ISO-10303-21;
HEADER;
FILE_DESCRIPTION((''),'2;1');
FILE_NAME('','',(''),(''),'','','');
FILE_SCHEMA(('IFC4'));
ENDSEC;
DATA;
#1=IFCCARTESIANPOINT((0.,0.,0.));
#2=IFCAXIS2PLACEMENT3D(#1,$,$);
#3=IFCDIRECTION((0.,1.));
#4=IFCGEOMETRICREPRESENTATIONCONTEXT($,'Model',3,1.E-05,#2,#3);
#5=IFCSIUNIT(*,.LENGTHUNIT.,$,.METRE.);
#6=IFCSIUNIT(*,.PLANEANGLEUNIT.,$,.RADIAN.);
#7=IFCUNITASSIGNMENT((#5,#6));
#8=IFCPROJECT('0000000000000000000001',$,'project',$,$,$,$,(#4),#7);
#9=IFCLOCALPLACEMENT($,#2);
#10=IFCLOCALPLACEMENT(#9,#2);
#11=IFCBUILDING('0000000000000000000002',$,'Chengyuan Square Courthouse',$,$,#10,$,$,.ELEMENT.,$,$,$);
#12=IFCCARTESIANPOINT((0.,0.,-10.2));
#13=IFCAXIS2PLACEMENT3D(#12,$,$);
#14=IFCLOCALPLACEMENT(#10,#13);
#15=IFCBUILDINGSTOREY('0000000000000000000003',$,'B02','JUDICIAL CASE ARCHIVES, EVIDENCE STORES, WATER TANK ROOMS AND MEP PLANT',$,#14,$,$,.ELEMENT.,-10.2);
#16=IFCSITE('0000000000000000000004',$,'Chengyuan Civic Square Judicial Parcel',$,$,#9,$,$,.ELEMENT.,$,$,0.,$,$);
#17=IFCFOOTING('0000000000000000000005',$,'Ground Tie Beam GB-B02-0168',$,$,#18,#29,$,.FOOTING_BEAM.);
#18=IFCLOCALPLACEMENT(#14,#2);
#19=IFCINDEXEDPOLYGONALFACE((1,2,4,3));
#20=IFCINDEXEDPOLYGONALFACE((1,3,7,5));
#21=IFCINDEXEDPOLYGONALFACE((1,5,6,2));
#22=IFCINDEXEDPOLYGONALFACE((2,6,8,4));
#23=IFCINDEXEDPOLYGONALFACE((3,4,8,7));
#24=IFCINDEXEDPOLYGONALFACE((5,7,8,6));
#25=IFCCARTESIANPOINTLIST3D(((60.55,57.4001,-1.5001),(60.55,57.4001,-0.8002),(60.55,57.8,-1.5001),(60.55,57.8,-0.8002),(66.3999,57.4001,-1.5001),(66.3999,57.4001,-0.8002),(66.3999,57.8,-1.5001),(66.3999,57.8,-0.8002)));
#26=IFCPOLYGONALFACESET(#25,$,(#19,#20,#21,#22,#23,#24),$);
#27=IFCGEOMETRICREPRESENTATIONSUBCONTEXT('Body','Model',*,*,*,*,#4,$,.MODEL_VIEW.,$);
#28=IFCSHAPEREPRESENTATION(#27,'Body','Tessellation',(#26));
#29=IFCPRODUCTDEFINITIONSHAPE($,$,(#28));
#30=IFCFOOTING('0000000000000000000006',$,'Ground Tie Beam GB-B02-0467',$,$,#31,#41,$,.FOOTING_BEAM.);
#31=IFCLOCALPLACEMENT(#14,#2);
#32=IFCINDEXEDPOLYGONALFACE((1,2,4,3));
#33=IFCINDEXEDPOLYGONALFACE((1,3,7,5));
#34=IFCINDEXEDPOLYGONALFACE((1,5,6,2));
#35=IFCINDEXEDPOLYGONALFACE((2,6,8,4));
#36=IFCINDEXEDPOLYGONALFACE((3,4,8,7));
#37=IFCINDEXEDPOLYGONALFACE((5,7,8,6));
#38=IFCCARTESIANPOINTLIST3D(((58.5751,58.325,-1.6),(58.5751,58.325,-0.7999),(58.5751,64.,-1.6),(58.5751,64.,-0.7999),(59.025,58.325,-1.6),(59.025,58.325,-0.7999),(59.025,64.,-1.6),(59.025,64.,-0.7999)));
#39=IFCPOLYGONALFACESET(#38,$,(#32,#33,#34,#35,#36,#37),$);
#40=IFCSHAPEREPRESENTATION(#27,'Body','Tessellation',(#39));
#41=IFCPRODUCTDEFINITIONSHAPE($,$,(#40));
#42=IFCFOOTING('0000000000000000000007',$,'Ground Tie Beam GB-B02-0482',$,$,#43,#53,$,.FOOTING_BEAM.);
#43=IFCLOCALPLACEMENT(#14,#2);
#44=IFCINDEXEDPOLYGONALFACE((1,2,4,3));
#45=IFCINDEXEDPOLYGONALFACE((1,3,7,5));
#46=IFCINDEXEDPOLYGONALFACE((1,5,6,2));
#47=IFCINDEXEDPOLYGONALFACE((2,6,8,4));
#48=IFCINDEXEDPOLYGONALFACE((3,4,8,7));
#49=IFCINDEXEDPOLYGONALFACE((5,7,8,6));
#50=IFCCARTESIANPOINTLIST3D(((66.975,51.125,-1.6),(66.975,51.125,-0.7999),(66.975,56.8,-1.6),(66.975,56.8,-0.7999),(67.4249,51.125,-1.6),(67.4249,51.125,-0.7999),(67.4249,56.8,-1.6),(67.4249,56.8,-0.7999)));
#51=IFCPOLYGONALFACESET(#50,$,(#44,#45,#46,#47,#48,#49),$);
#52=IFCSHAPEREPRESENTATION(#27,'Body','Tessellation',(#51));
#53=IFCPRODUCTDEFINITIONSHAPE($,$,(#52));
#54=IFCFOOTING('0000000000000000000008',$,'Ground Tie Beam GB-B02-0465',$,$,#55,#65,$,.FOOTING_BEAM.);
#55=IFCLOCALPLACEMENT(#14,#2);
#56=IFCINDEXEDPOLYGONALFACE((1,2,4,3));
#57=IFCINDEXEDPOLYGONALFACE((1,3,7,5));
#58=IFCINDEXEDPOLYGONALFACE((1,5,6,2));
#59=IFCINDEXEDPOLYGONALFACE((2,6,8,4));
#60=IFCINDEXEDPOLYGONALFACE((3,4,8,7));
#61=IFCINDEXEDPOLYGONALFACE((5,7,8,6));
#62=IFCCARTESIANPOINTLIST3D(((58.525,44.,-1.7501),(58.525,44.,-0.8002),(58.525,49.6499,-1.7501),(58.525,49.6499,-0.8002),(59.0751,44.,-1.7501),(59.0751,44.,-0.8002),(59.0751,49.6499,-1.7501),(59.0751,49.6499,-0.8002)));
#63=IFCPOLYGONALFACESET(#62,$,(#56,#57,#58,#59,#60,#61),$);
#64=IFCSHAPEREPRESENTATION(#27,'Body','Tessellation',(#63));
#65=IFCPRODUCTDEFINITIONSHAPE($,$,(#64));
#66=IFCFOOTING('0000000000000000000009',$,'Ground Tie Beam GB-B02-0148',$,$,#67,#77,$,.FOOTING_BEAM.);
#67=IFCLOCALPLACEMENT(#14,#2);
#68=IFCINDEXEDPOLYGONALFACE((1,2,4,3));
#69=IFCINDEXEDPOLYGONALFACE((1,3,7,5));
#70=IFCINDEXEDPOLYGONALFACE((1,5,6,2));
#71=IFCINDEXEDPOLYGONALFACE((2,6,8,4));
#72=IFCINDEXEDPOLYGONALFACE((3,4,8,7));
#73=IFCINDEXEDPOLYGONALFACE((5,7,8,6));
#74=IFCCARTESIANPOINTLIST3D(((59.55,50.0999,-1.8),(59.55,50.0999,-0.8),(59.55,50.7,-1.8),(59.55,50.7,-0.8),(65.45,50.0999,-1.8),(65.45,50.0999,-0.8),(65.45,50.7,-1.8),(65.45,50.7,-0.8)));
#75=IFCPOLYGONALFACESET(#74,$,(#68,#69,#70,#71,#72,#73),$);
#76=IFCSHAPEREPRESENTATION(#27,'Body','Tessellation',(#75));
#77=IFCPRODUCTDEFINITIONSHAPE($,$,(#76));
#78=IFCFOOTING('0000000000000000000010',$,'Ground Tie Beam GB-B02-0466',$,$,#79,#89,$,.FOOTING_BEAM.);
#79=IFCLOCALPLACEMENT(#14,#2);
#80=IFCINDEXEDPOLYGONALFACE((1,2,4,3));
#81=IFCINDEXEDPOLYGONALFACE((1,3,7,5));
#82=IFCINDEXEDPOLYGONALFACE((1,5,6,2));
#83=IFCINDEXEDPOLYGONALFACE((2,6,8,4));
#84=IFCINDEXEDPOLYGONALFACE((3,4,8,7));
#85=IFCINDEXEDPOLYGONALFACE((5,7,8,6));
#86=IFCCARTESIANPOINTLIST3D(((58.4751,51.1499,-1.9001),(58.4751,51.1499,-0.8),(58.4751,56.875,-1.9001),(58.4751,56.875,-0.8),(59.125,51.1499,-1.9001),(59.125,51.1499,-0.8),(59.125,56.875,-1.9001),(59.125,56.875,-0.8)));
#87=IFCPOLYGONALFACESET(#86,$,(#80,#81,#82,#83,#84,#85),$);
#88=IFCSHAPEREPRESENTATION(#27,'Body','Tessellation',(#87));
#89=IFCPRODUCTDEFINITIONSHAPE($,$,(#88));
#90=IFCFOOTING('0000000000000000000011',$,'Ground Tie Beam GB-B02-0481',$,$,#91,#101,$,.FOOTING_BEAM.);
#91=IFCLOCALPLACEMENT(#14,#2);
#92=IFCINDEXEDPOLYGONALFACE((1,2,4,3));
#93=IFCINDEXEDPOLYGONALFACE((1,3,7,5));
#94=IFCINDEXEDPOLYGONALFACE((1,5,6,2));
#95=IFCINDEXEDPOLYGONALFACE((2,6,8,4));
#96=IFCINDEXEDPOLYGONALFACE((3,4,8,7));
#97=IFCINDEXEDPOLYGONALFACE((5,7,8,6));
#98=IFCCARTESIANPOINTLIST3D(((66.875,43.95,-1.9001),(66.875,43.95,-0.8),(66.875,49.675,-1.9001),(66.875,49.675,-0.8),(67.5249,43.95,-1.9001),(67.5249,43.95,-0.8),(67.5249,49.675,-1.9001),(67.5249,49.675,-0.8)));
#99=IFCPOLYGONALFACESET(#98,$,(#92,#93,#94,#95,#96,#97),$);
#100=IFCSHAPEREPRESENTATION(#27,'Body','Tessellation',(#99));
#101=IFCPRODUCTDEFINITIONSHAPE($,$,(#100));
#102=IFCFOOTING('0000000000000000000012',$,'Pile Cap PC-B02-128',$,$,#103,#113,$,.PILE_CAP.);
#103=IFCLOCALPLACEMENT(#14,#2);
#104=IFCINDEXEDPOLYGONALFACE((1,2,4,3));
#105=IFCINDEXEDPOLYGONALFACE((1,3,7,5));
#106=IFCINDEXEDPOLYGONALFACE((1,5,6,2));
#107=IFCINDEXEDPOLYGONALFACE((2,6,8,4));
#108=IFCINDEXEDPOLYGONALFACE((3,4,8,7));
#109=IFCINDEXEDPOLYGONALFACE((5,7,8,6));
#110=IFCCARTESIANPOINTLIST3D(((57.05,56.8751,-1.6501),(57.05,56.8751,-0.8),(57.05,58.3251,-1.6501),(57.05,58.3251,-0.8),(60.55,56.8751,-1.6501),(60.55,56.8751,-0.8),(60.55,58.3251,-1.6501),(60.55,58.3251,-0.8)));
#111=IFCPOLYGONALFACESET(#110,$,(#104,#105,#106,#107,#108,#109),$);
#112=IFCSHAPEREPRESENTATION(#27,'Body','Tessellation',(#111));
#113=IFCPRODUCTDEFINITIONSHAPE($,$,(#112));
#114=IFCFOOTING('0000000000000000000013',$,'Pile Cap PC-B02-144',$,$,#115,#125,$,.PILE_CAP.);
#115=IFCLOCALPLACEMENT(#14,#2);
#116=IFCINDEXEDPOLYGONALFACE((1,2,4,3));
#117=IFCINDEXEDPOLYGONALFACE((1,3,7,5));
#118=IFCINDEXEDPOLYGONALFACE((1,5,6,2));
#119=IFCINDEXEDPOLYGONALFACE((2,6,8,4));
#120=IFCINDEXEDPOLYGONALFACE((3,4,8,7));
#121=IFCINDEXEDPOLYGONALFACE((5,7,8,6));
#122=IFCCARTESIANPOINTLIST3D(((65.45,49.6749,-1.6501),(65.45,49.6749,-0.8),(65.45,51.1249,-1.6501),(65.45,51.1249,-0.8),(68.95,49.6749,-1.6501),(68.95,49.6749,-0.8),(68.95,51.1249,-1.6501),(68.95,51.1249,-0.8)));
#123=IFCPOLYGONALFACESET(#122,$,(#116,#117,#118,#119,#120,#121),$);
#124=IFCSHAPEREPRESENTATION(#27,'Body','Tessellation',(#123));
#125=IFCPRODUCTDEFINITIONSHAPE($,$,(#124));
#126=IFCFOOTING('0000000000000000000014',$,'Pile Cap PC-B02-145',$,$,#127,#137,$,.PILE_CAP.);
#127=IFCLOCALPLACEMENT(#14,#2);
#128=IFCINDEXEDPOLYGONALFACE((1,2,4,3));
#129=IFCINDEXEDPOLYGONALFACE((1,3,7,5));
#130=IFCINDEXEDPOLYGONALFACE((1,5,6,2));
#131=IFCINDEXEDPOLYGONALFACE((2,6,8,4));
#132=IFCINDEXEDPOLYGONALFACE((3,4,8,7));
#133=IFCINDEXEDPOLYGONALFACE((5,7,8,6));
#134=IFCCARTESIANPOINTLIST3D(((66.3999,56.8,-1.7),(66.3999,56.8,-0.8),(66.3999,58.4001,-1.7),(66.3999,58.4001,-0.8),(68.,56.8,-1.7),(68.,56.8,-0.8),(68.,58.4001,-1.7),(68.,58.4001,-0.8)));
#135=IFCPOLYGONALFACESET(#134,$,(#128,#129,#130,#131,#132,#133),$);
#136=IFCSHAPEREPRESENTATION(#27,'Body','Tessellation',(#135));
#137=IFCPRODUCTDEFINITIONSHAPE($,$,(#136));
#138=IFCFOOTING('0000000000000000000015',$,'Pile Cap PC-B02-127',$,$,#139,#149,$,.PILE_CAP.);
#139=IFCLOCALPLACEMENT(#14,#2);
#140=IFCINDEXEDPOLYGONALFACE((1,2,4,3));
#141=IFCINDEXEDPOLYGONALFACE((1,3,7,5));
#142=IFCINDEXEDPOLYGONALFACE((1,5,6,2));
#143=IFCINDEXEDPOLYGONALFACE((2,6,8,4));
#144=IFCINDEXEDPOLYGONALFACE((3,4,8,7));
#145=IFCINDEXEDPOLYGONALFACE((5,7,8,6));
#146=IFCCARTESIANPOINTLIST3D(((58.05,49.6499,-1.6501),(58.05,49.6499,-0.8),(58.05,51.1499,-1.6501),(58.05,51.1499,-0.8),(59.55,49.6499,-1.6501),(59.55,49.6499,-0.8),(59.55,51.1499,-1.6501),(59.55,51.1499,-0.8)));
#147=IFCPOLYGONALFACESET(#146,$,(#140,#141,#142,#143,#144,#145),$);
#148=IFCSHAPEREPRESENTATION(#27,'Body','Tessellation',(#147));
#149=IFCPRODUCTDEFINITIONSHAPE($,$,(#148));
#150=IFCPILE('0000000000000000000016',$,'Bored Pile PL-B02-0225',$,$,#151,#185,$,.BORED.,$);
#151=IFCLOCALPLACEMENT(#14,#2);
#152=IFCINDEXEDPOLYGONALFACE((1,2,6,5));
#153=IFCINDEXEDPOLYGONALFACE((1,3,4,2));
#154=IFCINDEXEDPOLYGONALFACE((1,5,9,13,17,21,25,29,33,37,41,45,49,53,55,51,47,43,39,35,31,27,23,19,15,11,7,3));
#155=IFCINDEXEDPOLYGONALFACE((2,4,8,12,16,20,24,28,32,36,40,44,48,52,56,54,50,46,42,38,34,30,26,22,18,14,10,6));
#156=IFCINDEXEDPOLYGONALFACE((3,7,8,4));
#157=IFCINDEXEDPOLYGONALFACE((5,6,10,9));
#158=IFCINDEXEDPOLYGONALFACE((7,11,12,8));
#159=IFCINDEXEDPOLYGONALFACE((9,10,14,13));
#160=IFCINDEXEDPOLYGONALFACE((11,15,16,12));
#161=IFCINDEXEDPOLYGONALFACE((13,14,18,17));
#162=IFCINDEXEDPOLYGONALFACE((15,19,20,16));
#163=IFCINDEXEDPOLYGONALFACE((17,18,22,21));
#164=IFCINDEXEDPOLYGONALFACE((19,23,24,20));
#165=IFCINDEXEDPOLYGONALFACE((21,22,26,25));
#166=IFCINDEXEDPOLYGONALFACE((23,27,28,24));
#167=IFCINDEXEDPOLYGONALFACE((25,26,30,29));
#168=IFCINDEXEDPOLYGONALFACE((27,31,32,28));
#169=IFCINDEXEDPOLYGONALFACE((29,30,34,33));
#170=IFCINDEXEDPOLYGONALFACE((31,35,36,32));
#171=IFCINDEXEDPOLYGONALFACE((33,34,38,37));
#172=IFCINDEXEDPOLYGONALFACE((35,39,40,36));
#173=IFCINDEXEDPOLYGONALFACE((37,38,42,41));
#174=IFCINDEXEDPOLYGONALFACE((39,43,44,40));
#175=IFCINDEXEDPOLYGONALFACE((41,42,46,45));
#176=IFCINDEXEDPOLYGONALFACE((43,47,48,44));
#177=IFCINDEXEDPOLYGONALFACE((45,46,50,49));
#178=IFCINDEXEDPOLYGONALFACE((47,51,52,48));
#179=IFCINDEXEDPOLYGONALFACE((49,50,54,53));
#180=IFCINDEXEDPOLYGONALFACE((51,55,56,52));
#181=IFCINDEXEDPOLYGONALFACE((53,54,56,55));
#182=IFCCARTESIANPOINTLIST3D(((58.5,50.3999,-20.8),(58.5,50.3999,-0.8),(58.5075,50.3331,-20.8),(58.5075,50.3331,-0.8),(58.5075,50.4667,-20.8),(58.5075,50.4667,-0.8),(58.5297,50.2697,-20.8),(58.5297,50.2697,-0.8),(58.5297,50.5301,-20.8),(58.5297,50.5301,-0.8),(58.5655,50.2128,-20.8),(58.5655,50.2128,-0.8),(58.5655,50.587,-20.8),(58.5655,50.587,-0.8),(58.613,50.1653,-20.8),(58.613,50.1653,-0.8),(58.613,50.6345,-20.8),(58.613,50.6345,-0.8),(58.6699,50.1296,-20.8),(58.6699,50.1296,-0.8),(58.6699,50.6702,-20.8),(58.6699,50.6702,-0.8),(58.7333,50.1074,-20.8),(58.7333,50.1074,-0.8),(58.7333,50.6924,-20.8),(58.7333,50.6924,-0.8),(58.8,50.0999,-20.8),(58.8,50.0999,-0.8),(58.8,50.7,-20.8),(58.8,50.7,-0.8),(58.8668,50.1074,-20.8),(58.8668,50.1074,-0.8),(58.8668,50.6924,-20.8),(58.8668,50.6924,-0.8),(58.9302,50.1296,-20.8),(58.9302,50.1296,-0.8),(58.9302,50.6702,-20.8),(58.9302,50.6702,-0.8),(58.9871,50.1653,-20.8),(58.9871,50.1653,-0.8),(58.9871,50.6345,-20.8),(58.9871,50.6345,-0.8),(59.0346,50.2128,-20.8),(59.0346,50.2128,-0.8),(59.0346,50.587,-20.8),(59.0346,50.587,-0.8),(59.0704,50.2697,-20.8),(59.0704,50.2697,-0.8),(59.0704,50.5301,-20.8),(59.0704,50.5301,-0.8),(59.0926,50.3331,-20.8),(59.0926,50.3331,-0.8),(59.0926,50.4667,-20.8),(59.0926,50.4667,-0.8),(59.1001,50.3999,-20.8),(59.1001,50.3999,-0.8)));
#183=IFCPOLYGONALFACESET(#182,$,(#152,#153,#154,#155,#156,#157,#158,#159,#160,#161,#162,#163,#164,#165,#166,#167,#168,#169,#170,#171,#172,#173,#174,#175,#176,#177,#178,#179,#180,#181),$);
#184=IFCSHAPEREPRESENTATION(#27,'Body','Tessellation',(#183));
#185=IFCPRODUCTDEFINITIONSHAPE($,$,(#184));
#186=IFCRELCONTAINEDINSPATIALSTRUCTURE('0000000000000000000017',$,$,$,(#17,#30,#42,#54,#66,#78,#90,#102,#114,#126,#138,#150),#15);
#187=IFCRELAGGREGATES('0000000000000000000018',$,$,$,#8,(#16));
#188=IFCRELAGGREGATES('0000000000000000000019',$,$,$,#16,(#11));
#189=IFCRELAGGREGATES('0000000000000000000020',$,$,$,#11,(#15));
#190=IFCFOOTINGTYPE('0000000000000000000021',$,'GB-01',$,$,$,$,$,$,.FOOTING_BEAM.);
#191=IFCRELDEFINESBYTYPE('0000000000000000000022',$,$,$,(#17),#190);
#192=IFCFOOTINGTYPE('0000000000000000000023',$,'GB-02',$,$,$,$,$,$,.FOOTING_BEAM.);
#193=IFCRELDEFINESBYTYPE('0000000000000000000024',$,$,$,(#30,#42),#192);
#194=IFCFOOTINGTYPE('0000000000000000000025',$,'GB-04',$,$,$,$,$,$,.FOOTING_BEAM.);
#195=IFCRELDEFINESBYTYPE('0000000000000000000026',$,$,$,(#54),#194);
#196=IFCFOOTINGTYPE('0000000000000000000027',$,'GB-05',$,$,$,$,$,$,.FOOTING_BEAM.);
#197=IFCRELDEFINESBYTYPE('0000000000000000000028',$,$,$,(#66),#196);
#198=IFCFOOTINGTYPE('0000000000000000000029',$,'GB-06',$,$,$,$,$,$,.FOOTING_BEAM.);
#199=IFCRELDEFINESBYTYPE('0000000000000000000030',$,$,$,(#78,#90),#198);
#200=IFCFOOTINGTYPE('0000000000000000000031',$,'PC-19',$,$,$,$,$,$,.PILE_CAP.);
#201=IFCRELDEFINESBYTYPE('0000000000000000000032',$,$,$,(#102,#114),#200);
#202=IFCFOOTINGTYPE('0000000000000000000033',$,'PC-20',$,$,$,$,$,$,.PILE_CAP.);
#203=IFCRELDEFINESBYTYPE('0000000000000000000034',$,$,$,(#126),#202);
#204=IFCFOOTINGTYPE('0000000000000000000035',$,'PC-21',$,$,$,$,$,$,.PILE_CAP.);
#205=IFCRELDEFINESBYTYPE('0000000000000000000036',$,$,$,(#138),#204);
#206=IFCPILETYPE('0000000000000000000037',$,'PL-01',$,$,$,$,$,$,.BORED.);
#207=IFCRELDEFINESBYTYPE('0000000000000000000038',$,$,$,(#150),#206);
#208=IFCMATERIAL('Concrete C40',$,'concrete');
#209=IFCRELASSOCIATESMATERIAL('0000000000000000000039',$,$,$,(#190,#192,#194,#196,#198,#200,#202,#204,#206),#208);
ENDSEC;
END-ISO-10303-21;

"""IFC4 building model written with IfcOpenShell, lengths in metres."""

from ifc_helpers import new_model, si_unit, direction, frame, origin, origin_2d, place, context, subcontext, project, spatial, rectangle, circle, extrude, material, material_profile, profile_set, type_object, element, save


model = new_model("IFC4")

# Units and contexts
model_context = context("Model", 3, precision=1e-05, world=origin(), true_north=direction((0.0, 1.0)))
body_context = subcontext(model_context, "Body", "Model", "MODEL_VIEW")
ifc_project = project(units=[si_unit("LENGTHUNIT", "METRE"), si_unit("PLANEANGLEUNIT", "RADIAN")], contexts=[model_context])

# Site, building, storey
site_placement = place(None, origin())
site = spatial("IfcSite", under=ifc_project, at=site_placement, Name="Chengyuan Civic Square Judicial Parcel", CompositionType="ELEMENT", RefElevation=0.0)
building_placement = place(site_placement, origin())
building = spatial("IfcBuilding", under=site, at=building_placement, Name="Chengyuan Square Courthouse", CompositionType="ELEMENT")
storey_placement = place(building_placement, frame((0.0, 0.0, -10.2)))
storey = spatial("IfcBuildingStorey", under=building, at=storey_placement, Name="B02", Description="JUDICIAL CASE ARCHIVES, EVIDENCE STORES, WATER TANK ROOMS AND MEP PLANT", CompositionType="ELEMENT", Elevation=-10.2)

# Footings
ifc_material_1 = material(Name="Concrete C40", Category="concrete")
ifc_material_profile_1 = material_profile(ifc_material_1, rectangle(XDim=0.3999, YDim=0.7, at=origin_2d()), Name="GB-400x700")
ifc_profile_set_1 = profile_set([ifc_material_profile_1], Name="Concrete C40")
footing_type_1 = type_object("IfcFootingType", Name="GB-01", PredefinedType="FOOTING_BEAM", material=ifc_profile_set_1)
footing_1_placement = place(storey_placement, frame((60.55, 57.6001, -1.1501), z_axis=(1.0, 0.0, 0.0), x_axis=(0.0, 1.0, 0.0)))
element("IfcFooting", 1, at=footing_1_placement, inside=storey, type_object=footing_type_1, Name="Ground Tie Beam GB-B02-0168", PredefinedType="FOOTING_BEAM", context=body_context, shape_type="SweptSolid", body=[
    extrude(rectangle(XDim=0.3999, YDim=0.7, at=origin_2d()), origin(), (0.0, 0.0, 1.0), 5.8499),
])
ifc_material_profile_2 = material_profile(ifc_material_1, rectangle(XDim=0.45, YDim=0.8, at=origin_2d()), Name="GB-450x800")
ifc_profile_set_2 = profile_set([ifc_material_profile_2], Name="Concrete C40")
footing_type_2 = type_object("IfcFootingType", Name="GB-02", PredefinedType="FOOTING_BEAM", material=ifc_profile_set_2)
for number, where, z_axis, x_axis, name in (
    (2, (58.8, 58.325, -1.2), (0.0, 1.0, 0.0), (-1.0, 0.0, 0.0), "Ground Tie Beam GB-B02-0467"),
    (3, (67.2, 51.125, -1.2), (0.0, 1.0, 0.0), (-1.0, 0.0, 0.0), "Ground Tie Beam GB-B02-0482"),
):
    element("IfcFooting", number, at=place(storey_placement, frame(where, z_axis=z_axis, x_axis=x_axis)), inside=storey, type_object=footing_type_2, Name=name, PredefinedType="FOOTING_BEAM", context=body_context, shape_type="SweptSolid", body=[
        extrude(rectangle(XDim=0.45, YDim=0.8, at=origin_2d()), origin(), (0.0, 0.0, 1.0), 5.675),
    ])
ifc_material_profile_3 = material_profile(ifc_material_1, rectangle(XDim=0.55, YDim=0.95, at=origin_2d()), Name="GB-550x950")
ifc_profile_set_3 = profile_set([ifc_material_profile_3], Name="Concrete C40")
footing_type_3 = type_object("IfcFootingType", Name="GB-04", PredefinedType="FOOTING_BEAM", material=ifc_profile_set_3)
footing_2_placement = place(storey_placement, frame((58.8, 44.0, -1.2751), z_axis=(0.0, 1.0, 0.0), x_axis=(-1.0, 0.0, 0.0)))
element("IfcFooting", 4, at=footing_2_placement, inside=storey, type_object=footing_type_3, Name="Ground Tie Beam GB-B02-0465", PredefinedType="FOOTING_BEAM", context=body_context, shape_type="SweptSolid", body=[
    extrude(rectangle(XDim=0.55, YDim=0.95, at=origin_2d()), origin(), (0.0, 0.0, 1.0), 5.6499),
])
ifc_material_profile_4 = material_profile(ifc_material_1, rectangle(XDim=0.6001, YDim=1.0, at=origin_2d()), Name="GB-600x1000")
ifc_profile_set_4 = profile_set([ifc_material_profile_4], Name="Concrete C40")
footing_type_4 = type_object("IfcFootingType", Name="GB-05", PredefinedType="FOOTING_BEAM", material=ifc_profile_set_4)
footing_3_placement = place(storey_placement, frame((59.55, 50.3999, -1.3), z_axis=(1.0, 0.0, 0.0), x_axis=(0.0, 1.0, 0.0)))
element("IfcFooting", 5, at=footing_3_placement, inside=storey, type_object=footing_type_4, Name="Ground Tie Beam GB-B02-0148", PredefinedType="FOOTING_BEAM", context=body_context, shape_type="SweptSolid", body=[
    extrude(rectangle(XDim=0.6001, YDim=1.0, at=origin_2d()), origin(), (0.0, 0.0, 1.0), 5.8999),
])
ifc_material_profile_5 = material_profile(ifc_material_1, rectangle(XDim=0.6499, YDim=1.1001, at=origin_2d()), Name="GB-650x1100")
ifc_profile_set_5 = profile_set([ifc_material_profile_5], Name="Concrete C40")
footing_type_5 = type_object("IfcFootingType", Name="GB-06", PredefinedType="FOOTING_BEAM", material=ifc_profile_set_5)
for number, where, z_axis, x_axis, name in (
    (6, (58.8, 51.1499, -1.3501), (0.0, 1.0, 0.0), (-1.0, 0.0, 0.0), "Ground Tie Beam GB-B02-0466"),
    (7, (67.2, 43.95, -1.3501), (0.0, 1.0, 0.0), (-1.0, 0.0, 0.0), "Ground Tie Beam GB-B02-0481"),
):
    element("IfcFooting", number, at=place(storey_placement, frame(where, z_axis=z_axis, x_axis=x_axis)), inside=storey, type_object=footing_type_5, Name=name, PredefinedType="FOOTING_BEAM", context=body_context, shape_type="SweptSolid", body=[
        extrude(rectangle(XDim=0.6499, YDim=1.1001, at=origin_2d()), origin(), (0.0, 0.0, 1.0), 5.7251),
    ])
footing_type_6 = type_object("IfcFootingType", Name="PC-19", PredefinedType="PILE_CAP", material=ifc_material_1)
for number, where, z_axis, x_axis, name in (
    (8, (58.8, 57.6001, -1.6501), (0.0, 0.0, 1.0), (1.0, 0.0, 0.0), "Pile Cap PC-B02-128"),
    (9, (67.2, 50.3999, -1.6501), (0.0, 0.0, 1.0), (1.0, 0.0, 0.0), "Pile Cap PC-B02-144"),
):
    element("IfcFooting", number, at=place(storey_placement, frame(where, z_axis=z_axis, x_axis=x_axis)), inside=storey, type_object=footing_type_6, Name=name, PredefinedType="PILE_CAP", context=body_context, shape_type="SweptSolid", body=[
        extrude(rectangle(XDim=3.5, YDim=1.45, at=origin_2d()), origin(), (0.0, 0.0, 1.0), 0.8501),
    ])
footing_type_7 = type_object("IfcFootingType", Name="PC-20", PredefinedType="PILE_CAP", material=ifc_material_1)
footing_4_placement = place(storey_placement, frame((67.2, 57.6001, -1.7), z_axis=(0.0, 0.0, 1.0), x_axis=(1.0, 0.0, 0.0)))
element("IfcFooting", 10, at=footing_4_placement, inside=storey, type_object=footing_type_7, Name="Pile Cap PC-B02-145", PredefinedType="PILE_CAP", context=body_context, shape_type="SweptSolid", body=[
    extrude(rectangle(XDim=1.6001, YDim=1.6001, at=origin_2d()), origin(), (0.0, 0.0, 1.0), 0.8999),
])
footing_type_8 = type_object("IfcFootingType", Name="PC-21", PredefinedType="PILE_CAP", material=ifc_material_1)
footing_5_placement = place(storey_placement, frame((58.8, 50.3999, -1.6501), z_axis=(0.0, 0.0, 1.0), x_axis=(1.0, 0.0, 0.0)))
element("IfcFooting", 11, at=footing_5_placement, inside=storey, type_object=footing_type_8, Name="Pile Cap PC-B02-127", PredefinedType="PILE_CAP", context=body_context, shape_type="SweptSolid", body=[
    extrude(rectangle(XDim=1.5, YDim=1.5, at=origin_2d()), origin(), (0.0, 0.0, 1.0), 0.8501),
])

# Pile
ifc_material_profile_6 = material_profile(ifc_material_1, circle(Radius=0.3, at=origin_2d()), Name="BORED PILE D600")
ifc_profile_set_6 = profile_set([ifc_material_profile_6], Name="Concrete C40")
pile_type_1 = type_object("IfcPileType", Name="PL-01", PredefinedType="BORED", material=ifc_profile_set_6)
pile_placement = place(storey_placement, frame((58.8, 50.3999, -0.8), z_axis=(0.0, 0.0, -1.0), x_axis=(1.0, 0.0, 0.0)))
element("IfcPile", 12, at=pile_placement, inside=storey, type_object=pile_type_1, Name="Bored Pile PL-B02-0225", PredefinedType="BORED", context=body_context, shape_type="SweptSolid", body=[
    extrude(circle(Radius=0.3, at=origin_2d()), origin(), (0.0, 0.0, 1.0), 20.0),
])

save(model, "model.ifc")
